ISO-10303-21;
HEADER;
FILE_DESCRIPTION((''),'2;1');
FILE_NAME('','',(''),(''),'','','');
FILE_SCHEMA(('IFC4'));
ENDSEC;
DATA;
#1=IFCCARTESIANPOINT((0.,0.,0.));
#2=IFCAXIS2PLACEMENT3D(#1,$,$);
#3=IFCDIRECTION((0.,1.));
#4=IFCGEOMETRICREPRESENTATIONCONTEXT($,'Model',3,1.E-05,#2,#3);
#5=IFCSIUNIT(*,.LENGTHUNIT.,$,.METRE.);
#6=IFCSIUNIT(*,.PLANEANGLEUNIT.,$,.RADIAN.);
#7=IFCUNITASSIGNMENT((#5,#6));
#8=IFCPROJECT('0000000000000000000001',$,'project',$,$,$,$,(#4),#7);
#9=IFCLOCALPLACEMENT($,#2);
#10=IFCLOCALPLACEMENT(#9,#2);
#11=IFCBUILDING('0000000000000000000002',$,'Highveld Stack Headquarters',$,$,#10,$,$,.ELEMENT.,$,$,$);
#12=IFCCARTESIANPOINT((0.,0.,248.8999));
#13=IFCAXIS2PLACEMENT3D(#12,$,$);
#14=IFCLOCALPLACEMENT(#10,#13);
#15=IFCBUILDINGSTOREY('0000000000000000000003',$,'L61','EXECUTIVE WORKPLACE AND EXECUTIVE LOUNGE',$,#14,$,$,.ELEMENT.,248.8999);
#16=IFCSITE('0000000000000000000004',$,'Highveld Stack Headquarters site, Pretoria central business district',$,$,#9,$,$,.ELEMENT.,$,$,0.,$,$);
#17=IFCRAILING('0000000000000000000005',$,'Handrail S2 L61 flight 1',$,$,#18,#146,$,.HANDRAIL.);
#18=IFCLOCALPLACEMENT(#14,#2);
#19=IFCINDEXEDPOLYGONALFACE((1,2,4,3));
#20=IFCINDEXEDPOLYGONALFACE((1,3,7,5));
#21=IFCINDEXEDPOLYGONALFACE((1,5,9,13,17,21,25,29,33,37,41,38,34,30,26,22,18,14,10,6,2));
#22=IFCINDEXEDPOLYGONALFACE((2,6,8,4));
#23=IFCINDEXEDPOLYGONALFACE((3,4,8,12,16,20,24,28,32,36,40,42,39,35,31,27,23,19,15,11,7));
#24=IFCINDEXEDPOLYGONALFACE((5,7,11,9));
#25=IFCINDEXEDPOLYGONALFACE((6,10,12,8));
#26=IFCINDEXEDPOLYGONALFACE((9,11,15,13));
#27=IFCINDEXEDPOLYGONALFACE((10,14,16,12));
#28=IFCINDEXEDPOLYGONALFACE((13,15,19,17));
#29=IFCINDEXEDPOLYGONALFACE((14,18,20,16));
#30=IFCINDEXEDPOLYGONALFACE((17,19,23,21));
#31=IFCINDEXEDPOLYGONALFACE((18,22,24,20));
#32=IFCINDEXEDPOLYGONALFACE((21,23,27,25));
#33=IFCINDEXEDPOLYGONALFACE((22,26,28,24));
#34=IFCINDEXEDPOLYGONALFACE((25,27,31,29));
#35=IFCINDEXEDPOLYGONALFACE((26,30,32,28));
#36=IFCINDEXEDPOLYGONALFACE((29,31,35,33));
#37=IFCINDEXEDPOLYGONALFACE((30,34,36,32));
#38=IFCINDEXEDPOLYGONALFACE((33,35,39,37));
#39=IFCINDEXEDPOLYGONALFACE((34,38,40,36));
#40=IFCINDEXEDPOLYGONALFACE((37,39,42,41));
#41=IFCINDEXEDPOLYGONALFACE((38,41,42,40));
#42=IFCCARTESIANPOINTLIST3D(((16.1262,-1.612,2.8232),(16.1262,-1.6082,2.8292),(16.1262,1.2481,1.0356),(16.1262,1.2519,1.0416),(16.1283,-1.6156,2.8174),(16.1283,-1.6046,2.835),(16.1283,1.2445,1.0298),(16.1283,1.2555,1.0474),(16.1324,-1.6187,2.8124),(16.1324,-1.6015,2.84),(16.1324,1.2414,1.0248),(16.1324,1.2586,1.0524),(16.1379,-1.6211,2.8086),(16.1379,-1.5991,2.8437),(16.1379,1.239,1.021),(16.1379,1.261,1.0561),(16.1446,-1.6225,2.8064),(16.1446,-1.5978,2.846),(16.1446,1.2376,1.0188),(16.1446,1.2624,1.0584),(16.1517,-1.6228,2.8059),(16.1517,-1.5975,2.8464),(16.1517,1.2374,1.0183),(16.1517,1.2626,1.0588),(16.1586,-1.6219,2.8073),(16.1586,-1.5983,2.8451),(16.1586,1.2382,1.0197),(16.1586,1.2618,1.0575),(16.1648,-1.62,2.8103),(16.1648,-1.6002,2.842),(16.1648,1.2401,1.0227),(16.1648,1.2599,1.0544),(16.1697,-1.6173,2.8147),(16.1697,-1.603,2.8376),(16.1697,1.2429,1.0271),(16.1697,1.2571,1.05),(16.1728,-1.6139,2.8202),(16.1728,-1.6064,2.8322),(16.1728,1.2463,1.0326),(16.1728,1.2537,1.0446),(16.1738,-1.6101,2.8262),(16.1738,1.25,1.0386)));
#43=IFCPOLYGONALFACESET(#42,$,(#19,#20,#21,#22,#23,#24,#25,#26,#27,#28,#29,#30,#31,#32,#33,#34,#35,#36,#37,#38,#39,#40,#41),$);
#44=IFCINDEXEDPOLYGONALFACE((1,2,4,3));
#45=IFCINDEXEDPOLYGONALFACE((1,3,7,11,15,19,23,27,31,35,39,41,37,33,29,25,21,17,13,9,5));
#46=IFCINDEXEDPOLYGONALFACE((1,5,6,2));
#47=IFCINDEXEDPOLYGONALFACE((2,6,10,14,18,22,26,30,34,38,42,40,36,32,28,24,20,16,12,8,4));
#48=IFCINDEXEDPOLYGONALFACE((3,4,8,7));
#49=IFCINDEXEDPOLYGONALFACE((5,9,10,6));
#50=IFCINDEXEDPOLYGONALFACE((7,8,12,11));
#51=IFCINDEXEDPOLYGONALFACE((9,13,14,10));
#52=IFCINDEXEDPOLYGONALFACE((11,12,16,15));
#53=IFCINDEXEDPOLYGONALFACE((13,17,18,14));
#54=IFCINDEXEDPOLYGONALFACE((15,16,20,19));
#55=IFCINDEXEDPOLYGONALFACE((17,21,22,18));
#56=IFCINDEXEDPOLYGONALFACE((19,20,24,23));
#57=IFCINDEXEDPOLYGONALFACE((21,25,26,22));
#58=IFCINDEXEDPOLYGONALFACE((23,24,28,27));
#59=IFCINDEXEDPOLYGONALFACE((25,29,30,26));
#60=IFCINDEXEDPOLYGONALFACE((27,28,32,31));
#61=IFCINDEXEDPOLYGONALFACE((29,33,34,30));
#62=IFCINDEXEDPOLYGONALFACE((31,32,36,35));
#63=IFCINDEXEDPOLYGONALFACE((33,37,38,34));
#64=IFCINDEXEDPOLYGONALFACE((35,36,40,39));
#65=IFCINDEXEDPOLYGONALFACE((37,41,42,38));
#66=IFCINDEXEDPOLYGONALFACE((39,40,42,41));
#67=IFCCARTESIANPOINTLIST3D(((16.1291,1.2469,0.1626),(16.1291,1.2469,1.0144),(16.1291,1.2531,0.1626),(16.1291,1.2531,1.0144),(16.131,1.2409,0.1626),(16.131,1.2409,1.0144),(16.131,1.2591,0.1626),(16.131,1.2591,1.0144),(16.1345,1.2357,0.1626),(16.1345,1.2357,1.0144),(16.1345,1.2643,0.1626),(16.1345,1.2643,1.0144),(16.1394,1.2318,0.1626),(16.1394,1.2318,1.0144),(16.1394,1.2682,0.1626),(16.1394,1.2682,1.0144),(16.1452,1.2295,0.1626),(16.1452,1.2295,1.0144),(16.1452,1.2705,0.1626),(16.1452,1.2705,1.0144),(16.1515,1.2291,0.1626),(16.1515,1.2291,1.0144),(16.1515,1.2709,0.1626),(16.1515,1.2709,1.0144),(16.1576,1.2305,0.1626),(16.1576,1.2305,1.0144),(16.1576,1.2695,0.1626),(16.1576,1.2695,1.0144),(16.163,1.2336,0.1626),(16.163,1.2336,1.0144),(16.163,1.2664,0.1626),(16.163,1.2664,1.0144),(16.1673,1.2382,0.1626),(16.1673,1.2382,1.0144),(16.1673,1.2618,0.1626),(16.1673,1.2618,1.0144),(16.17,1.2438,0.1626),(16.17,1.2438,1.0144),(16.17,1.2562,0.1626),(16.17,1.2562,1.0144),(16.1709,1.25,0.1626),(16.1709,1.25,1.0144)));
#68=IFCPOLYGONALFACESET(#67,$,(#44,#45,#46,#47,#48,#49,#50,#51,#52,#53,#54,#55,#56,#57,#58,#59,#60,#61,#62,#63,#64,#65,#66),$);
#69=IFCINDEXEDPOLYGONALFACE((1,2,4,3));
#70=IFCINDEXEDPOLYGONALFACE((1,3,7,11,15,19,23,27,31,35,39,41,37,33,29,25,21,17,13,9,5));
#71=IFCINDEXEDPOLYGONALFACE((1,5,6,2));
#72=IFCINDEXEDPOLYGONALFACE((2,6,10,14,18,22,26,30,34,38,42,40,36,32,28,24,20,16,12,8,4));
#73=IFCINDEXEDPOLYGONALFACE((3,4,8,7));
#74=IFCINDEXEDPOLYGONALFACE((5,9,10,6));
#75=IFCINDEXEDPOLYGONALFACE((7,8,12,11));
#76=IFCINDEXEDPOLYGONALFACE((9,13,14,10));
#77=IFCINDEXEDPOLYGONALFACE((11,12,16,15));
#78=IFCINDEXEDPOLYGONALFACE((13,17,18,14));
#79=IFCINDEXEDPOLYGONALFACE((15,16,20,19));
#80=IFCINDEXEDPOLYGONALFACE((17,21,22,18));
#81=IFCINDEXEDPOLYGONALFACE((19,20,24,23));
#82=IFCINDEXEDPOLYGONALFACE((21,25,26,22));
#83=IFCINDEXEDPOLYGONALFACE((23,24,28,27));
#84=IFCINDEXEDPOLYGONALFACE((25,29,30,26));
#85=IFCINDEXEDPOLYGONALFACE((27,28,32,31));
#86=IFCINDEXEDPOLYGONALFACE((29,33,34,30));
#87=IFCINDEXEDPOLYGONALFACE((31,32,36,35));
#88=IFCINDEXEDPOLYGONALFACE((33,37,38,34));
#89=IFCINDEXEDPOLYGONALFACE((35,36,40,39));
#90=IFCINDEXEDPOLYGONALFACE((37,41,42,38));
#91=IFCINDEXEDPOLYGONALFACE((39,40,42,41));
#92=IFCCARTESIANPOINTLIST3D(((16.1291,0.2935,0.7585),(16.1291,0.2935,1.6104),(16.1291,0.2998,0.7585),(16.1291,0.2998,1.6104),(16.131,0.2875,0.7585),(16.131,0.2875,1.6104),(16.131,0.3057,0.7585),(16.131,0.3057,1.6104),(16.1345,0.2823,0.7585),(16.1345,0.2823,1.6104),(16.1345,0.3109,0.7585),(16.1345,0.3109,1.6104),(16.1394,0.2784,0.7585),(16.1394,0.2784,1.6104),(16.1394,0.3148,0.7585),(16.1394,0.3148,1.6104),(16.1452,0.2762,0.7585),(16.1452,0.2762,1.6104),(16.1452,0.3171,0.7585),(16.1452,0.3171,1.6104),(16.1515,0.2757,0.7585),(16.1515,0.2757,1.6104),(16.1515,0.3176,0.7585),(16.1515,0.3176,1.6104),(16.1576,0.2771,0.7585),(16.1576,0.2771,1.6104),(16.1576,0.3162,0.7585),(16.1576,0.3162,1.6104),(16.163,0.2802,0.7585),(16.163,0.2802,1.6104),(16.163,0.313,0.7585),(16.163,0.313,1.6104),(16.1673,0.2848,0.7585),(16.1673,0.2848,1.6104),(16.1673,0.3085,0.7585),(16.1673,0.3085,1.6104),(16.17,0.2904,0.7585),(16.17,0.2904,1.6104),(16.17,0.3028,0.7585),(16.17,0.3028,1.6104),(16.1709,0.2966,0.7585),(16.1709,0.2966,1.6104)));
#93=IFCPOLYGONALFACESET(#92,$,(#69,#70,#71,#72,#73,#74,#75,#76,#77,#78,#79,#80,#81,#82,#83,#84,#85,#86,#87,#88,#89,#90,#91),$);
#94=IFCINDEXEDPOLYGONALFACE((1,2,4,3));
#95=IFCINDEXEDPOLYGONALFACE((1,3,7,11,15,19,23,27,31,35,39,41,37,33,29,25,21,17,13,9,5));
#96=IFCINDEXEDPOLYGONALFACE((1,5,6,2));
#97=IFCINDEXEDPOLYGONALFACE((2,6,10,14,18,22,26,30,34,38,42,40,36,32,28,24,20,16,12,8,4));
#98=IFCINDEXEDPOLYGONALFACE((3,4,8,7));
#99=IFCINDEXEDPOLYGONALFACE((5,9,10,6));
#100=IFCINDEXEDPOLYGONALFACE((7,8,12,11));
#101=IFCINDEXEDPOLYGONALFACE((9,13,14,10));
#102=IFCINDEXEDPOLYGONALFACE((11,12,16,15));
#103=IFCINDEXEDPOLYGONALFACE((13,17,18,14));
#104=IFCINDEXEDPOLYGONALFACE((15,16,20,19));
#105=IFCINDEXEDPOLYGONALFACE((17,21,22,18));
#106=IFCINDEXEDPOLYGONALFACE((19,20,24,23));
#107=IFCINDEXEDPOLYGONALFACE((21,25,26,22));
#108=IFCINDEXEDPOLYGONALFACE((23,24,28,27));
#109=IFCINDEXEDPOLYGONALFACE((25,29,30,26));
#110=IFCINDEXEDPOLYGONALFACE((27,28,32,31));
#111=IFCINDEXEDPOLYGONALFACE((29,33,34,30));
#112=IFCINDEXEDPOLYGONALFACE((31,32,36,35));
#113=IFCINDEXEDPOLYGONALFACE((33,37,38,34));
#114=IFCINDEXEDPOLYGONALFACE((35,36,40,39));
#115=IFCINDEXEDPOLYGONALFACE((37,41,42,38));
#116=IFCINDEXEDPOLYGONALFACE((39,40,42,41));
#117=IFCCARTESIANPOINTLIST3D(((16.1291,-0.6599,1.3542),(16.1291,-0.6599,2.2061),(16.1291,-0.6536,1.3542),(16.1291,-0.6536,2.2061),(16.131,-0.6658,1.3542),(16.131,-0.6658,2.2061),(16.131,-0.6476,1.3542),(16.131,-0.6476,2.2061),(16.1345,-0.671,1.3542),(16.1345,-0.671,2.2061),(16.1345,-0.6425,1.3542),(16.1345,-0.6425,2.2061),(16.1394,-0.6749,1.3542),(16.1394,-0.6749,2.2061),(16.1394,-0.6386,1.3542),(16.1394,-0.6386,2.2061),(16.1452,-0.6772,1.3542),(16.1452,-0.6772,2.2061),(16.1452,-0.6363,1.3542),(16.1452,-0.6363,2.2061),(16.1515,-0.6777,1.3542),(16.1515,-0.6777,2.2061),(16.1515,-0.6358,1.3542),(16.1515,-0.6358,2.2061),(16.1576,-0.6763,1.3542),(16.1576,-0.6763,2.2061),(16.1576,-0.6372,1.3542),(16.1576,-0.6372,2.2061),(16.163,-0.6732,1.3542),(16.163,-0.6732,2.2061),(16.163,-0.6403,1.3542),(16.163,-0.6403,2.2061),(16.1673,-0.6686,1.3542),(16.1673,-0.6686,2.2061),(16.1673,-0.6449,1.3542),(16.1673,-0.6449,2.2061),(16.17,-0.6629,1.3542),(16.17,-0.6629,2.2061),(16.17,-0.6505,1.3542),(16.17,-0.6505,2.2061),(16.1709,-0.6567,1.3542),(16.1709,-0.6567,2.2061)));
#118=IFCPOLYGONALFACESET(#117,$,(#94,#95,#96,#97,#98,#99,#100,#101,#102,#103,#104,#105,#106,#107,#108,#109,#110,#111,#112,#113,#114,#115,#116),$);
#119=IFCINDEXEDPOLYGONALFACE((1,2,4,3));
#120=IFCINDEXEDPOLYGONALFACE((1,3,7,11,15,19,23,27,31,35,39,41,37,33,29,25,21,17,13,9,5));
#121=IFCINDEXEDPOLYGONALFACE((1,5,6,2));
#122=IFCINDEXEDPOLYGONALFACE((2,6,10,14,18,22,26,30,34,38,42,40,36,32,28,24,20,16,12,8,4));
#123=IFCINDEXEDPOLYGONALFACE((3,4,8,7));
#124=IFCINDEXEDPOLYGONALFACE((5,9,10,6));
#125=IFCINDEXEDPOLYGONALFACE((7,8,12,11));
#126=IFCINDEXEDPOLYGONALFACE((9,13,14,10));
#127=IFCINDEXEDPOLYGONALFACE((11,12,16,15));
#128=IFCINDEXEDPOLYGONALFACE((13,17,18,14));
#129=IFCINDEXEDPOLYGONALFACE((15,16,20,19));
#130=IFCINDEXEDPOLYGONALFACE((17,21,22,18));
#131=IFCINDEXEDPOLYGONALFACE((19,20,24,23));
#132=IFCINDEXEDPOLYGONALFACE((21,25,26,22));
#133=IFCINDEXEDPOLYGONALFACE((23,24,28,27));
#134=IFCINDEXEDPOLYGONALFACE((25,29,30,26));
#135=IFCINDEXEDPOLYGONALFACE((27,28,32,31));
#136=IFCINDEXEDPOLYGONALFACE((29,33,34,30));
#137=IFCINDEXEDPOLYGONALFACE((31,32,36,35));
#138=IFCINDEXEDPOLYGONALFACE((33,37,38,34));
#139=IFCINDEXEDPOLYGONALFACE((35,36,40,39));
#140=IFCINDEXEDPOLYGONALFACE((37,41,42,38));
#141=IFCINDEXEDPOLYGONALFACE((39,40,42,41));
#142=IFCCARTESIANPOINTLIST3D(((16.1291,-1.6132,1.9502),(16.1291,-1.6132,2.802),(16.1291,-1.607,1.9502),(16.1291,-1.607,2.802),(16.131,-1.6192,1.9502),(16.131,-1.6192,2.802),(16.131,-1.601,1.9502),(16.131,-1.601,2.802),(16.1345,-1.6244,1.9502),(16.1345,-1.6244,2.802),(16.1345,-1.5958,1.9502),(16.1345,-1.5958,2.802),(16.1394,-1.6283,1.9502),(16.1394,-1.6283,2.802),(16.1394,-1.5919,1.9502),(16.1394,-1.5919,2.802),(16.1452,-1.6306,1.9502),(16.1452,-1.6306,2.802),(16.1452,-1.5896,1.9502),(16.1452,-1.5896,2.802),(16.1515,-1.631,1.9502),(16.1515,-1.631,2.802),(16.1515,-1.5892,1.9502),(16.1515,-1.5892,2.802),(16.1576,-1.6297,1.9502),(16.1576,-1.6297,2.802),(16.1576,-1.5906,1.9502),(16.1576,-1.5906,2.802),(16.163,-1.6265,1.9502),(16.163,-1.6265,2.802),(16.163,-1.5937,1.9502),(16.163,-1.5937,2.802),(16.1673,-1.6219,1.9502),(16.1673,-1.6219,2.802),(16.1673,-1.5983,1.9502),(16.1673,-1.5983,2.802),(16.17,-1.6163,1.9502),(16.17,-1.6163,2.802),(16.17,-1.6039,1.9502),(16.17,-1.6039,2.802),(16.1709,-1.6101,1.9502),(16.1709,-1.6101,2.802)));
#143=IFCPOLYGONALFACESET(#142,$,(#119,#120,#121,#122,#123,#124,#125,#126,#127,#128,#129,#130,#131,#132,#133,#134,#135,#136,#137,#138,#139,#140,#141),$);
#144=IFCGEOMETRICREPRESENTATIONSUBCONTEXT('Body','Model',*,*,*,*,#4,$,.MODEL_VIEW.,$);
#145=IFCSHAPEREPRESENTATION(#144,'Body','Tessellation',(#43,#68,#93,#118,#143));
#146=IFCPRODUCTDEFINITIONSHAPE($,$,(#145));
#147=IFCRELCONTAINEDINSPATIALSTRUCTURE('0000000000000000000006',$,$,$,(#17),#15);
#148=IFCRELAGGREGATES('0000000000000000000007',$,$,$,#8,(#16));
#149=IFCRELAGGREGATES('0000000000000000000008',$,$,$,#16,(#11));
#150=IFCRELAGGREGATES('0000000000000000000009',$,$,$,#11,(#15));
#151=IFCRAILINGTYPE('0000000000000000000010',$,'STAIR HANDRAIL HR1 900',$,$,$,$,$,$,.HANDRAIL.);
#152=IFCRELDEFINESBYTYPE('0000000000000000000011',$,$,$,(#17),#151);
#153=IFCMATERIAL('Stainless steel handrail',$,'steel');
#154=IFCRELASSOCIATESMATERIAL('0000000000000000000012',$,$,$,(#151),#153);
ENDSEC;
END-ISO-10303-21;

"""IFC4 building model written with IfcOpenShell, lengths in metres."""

from ifc_helpers import new_model, si_unit, direction, frame, origin, origin_2d, place, context, subcontext, project, spatial, circle, extrude, material, type_object, element, save


model = new_model("IFC4")

# Units and contexts
model_context = context("Model", 3, precision=1e-05, world=origin(), true_north=direction((0.0, 1.0)))
body_context = subcontext(model_context, "Body", "Model", "MODEL_VIEW")
ifc_project = project(units=[si_unit("LENGTHUNIT", "METRE"), si_unit("PLANEANGLEUNIT", "RADIAN")], contexts=[model_context])

# Site, building, storey
site_placement = place(None, origin())
site = spatial("IfcSite", under=ifc_project, at=site_placement, Name="Highveld Stack Headquarters site, Pretoria central business district", CompositionType="ELEMENT", RefElevation=0.0)
building_placement = place(site_placement, origin())
building = spatial("IfcBuilding", under=site, at=building_placement, Name="Highveld Stack Headquarters", CompositionType="ELEMENT")
storey_placement = place(building_placement, frame((0.0, 0.0, 248.8999)))
storey = spatial("IfcBuildingStorey", under=building, at=storey_placement, Name="L61", Description="EXECUTIVE WORKPLACE AND EXECUTIVE LOUNGE", CompositionType="ELEMENT", Elevation=248.8999)

# Railing
ifc_material_1 = material(Name="Stainless steel handrail", Category="steel")
railing_type = type_object("IfcRailingType", Name="STAIR HANDRAIL HR1 900", PredefinedType="HANDRAIL", material=ifc_material_1)
for number, where, name in (
    (1, (16.1499, 1.25, 0.1626), "Handrail S2 L61 flight 1"),
):
    element("IfcRailing", number, at=place(storey_placement, frame(where)), inside=storey, type_object=railing_type, Name=name, PredefinedType="HANDRAIL", context=body_context, shape_type="SweptSolid", body=[
        extrude(circle(Radius=0.0239, at=origin_2d()), frame((0.0, 0.0, 0.876), z_axis=(0.0, -0.847994, 0.530005), x_axis=(1.0, 0.0, 0.0)), (0.0, 0.0, 1.0), 3.3728),
        extrude(circle(Radius=0.021, at=origin_2d()), origin(), (0.0, 0.0, 1.0), 0.8518),
        extrude(circle(Radius=0.021, at=origin_2d()), frame((0.0, -0.9534, 0.5959)), (0.0, 0.0, 1.0), 0.8518),
        extrude(circle(Radius=0.021, at=origin_2d()), frame((0.0, -1.9067, 1.1917)), (0.0, 0.0, 1.0), 0.8518),
        extrude(circle(Radius=0.021, at=origin_2d()), frame((0.0, -2.8601, 1.7876)), (0.0, 0.0, 1.0), 0.8518),
    ])

save(model, "model.ifc")
